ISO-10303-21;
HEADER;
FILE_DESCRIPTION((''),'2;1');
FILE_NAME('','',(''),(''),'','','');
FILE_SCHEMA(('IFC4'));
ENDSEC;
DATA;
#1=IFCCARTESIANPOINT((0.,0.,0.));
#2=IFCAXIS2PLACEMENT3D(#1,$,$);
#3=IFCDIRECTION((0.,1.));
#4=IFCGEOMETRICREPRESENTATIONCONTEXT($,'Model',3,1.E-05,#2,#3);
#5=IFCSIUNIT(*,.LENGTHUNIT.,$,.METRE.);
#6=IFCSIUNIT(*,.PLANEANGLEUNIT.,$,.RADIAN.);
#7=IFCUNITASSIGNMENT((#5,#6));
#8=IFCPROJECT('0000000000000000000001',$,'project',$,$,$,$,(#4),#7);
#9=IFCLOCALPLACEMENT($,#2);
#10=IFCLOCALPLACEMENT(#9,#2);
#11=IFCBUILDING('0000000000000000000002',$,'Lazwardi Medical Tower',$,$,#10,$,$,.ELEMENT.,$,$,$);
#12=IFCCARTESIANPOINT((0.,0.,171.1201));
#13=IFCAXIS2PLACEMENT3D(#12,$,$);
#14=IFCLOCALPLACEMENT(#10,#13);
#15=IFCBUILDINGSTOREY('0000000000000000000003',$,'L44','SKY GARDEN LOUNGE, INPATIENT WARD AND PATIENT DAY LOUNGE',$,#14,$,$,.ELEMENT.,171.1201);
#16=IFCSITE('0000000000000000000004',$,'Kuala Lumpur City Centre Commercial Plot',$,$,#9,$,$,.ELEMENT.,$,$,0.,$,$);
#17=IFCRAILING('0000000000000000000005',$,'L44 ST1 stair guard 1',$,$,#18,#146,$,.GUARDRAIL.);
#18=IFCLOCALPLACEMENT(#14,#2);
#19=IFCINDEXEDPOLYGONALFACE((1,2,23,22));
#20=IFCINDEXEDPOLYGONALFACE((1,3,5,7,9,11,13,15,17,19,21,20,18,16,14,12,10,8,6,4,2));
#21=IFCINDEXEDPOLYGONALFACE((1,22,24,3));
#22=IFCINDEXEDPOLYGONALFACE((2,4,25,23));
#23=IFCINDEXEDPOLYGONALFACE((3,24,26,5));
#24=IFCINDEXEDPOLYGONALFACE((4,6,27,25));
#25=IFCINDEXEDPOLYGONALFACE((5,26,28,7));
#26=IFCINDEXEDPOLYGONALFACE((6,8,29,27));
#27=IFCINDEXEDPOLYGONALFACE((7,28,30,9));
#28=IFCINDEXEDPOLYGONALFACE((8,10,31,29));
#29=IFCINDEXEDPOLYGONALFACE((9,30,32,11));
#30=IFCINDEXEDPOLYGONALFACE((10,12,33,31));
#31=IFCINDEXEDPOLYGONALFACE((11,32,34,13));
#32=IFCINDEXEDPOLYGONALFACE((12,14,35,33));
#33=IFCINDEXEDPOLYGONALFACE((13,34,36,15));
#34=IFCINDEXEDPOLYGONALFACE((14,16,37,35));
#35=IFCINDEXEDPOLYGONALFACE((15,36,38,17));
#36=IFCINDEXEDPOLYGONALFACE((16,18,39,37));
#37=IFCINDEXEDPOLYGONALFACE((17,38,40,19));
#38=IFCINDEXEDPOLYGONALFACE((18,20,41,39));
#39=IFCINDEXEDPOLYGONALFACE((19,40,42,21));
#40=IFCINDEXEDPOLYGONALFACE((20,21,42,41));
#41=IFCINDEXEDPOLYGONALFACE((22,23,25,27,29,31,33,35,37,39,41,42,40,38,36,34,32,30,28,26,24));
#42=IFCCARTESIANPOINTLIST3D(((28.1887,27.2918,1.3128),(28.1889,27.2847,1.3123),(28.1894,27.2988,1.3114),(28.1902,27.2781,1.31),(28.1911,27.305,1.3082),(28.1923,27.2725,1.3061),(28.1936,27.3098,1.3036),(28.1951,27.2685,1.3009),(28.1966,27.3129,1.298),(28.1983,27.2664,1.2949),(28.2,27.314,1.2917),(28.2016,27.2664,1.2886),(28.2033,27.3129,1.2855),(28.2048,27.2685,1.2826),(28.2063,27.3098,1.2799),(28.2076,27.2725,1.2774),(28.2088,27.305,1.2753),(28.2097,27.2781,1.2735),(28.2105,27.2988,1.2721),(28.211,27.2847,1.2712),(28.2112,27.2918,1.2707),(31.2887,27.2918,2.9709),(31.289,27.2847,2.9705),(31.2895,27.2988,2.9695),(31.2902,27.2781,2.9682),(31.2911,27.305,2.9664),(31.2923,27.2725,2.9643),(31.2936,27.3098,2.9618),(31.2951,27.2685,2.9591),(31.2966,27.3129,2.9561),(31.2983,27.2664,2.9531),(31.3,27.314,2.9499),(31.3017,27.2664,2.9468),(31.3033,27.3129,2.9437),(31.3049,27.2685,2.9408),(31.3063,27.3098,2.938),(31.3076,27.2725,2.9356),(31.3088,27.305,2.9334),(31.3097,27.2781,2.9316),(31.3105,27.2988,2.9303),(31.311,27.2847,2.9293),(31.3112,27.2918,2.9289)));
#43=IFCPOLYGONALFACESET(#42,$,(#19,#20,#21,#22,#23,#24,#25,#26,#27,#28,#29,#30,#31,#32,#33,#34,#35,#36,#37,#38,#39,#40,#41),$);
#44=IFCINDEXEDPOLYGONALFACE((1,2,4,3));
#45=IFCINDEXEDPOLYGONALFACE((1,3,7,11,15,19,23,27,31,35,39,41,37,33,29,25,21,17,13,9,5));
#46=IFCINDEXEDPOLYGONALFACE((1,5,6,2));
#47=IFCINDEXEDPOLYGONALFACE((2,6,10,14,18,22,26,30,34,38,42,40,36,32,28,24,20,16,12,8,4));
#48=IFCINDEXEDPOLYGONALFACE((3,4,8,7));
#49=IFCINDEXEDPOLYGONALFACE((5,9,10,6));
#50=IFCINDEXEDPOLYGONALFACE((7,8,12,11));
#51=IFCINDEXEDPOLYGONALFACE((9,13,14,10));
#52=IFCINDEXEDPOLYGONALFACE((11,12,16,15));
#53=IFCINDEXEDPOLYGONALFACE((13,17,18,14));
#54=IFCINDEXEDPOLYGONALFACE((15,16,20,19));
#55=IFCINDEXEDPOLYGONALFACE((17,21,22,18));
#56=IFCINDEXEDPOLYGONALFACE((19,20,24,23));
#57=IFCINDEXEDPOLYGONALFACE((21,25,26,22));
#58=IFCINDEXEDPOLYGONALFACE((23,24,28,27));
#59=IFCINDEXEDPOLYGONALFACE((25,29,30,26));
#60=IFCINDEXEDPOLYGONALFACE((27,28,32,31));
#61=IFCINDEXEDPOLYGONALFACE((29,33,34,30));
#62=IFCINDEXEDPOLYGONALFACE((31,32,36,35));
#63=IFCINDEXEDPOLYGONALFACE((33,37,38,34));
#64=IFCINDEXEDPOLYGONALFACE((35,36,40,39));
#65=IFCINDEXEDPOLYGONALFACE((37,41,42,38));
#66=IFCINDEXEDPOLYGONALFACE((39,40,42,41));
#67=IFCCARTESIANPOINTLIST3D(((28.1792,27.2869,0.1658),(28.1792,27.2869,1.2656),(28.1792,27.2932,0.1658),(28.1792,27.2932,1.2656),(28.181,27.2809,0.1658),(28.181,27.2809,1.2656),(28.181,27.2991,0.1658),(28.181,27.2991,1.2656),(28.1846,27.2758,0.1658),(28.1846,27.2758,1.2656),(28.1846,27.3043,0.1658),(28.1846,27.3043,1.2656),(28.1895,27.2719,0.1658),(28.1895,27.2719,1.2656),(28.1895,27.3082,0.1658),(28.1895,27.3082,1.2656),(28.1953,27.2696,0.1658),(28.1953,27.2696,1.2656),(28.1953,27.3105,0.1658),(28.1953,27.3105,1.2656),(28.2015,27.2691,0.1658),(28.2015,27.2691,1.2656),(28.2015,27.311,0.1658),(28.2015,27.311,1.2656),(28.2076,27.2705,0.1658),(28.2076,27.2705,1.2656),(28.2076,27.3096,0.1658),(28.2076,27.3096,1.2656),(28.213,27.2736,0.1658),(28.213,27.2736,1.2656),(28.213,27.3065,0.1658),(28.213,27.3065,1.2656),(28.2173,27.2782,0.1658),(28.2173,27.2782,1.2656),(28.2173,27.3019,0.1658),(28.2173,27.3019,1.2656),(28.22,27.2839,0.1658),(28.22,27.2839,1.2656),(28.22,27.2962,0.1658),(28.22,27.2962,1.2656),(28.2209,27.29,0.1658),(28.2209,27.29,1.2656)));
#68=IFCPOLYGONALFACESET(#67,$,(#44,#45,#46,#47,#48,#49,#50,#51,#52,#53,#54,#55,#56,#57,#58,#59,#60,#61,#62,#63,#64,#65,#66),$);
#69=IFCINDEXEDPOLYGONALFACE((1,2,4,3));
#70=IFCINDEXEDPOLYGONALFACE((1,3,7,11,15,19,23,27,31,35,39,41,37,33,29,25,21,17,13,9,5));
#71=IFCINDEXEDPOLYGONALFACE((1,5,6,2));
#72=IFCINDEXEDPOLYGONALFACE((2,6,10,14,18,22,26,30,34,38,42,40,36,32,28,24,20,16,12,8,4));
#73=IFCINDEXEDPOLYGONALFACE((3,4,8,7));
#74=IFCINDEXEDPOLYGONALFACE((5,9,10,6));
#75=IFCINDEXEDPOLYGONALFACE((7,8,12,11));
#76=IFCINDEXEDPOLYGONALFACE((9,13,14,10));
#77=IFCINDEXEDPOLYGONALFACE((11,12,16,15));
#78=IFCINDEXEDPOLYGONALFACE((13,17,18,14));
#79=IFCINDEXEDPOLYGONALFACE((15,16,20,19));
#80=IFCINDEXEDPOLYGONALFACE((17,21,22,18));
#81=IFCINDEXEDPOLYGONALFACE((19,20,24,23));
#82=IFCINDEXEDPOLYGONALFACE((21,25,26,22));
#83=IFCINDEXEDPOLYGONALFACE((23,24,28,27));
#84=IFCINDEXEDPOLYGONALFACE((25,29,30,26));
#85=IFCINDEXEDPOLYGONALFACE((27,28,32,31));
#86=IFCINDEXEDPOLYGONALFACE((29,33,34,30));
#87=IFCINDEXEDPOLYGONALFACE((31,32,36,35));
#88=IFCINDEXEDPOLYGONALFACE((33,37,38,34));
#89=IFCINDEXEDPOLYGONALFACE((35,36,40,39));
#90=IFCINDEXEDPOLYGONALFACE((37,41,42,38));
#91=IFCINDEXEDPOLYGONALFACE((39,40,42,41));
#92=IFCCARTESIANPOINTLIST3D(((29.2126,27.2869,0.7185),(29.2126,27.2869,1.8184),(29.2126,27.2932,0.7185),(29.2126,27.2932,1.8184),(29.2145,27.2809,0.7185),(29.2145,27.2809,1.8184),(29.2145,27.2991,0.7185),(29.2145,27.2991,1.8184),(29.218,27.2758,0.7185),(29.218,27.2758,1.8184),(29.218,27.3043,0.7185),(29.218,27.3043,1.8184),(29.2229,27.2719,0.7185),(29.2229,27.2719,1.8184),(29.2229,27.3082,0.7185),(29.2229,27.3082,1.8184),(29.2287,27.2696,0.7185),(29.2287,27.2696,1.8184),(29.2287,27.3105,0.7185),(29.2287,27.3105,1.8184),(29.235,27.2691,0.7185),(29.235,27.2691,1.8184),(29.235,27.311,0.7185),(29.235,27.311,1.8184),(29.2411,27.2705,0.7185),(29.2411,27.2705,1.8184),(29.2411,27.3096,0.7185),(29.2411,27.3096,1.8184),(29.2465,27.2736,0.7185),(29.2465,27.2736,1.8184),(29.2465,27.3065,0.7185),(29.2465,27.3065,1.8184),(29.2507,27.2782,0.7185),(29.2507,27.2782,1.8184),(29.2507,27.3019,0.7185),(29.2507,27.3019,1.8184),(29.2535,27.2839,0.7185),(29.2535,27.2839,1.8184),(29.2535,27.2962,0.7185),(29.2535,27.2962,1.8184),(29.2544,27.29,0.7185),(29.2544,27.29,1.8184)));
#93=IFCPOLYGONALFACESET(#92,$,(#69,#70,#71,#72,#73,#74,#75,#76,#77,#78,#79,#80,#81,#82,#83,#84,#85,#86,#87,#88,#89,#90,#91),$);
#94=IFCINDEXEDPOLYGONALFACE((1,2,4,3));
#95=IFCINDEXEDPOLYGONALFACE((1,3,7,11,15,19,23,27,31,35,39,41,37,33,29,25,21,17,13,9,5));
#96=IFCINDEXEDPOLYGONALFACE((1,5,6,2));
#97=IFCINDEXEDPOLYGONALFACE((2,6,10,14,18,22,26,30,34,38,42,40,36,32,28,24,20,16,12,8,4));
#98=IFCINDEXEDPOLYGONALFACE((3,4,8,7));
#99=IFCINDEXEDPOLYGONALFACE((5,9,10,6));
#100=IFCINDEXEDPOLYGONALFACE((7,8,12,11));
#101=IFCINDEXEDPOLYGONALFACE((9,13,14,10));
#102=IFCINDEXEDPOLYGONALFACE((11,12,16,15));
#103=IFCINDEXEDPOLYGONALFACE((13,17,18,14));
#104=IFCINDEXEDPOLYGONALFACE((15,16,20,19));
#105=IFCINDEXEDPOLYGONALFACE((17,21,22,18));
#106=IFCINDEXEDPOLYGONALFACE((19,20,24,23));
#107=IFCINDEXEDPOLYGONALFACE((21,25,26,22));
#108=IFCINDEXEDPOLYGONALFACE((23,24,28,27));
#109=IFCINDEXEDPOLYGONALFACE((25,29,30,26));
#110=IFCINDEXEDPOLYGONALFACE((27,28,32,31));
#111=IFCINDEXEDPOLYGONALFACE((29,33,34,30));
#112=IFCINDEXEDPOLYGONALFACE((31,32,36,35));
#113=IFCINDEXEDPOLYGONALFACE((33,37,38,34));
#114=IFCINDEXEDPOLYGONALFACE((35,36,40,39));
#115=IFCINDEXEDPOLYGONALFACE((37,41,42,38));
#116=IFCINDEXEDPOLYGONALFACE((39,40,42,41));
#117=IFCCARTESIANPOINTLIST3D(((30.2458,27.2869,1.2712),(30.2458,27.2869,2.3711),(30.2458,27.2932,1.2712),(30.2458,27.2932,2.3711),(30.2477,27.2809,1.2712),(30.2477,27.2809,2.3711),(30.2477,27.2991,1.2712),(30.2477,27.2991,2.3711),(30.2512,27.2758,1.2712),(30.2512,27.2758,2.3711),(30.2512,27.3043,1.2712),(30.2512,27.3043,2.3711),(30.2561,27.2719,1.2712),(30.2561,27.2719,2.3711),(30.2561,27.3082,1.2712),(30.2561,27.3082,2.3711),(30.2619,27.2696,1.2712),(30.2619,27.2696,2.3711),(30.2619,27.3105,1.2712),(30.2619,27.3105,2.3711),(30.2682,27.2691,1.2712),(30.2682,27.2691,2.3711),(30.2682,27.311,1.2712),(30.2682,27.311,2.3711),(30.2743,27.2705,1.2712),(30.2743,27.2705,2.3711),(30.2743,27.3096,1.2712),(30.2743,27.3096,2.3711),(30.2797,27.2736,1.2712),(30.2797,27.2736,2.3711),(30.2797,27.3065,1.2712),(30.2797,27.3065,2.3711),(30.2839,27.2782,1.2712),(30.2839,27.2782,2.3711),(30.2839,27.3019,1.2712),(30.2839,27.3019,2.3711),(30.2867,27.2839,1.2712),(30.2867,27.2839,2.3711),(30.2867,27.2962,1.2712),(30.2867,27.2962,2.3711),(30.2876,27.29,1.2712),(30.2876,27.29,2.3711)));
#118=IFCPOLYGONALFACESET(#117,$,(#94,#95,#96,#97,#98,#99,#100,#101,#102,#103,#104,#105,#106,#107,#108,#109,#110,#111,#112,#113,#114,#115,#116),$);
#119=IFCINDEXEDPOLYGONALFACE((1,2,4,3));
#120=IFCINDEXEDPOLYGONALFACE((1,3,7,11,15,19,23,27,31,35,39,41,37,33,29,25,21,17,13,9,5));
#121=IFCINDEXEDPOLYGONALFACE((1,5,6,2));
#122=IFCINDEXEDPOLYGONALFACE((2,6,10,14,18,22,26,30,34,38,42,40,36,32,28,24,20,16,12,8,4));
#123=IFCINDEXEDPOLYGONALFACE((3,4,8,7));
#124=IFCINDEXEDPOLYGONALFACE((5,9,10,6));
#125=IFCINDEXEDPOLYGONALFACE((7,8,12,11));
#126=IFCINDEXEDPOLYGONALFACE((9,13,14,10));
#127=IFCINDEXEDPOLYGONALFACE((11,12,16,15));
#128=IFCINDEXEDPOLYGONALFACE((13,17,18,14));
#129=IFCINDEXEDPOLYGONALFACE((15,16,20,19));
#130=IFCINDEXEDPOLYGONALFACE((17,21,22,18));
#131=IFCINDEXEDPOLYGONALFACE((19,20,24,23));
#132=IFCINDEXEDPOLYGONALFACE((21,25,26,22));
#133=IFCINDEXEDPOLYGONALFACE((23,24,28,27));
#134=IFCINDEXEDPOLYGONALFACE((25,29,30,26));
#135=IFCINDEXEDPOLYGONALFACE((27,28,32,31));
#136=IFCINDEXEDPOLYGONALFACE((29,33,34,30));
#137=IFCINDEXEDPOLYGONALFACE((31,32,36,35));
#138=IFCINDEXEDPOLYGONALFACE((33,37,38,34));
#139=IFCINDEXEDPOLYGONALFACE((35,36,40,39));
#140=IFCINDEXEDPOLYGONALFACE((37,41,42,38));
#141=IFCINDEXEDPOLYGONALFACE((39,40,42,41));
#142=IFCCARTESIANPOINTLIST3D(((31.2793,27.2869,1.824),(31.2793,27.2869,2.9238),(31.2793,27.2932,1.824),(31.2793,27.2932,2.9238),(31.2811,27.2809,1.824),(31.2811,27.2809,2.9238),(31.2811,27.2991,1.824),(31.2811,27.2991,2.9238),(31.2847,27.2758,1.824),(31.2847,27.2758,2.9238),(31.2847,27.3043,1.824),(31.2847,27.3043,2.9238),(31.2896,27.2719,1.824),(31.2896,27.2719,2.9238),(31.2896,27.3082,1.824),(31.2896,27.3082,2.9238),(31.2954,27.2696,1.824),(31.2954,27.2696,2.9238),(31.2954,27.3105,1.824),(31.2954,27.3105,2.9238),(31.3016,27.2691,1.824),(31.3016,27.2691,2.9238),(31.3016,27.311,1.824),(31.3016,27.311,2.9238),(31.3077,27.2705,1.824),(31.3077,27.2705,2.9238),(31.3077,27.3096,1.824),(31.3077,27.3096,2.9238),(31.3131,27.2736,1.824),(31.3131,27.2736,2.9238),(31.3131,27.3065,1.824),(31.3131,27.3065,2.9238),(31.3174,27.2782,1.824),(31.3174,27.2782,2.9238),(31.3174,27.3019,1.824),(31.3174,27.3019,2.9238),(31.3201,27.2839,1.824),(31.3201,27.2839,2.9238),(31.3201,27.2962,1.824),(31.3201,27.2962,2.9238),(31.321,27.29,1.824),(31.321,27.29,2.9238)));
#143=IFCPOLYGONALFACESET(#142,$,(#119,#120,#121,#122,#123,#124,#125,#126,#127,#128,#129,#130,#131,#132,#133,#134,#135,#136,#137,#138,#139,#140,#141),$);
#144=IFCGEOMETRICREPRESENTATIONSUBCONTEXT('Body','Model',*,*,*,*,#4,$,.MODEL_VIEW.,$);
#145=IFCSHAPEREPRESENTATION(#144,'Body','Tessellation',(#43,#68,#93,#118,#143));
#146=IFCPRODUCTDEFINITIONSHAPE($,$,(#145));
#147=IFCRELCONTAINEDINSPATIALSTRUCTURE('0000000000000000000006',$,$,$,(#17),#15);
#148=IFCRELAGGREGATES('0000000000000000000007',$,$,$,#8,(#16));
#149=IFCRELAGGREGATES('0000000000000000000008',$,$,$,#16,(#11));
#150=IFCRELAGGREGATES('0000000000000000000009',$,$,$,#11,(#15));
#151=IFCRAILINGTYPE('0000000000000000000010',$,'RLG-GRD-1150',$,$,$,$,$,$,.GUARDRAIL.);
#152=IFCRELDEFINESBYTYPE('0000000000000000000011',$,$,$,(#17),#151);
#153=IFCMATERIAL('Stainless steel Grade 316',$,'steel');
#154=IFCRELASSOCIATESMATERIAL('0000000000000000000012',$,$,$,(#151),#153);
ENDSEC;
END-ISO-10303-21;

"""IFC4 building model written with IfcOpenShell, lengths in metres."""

from ifc_helpers import new_model, si_unit, direction, frame, origin, origin_2d, place, context, subcontext, project, spatial, circle, extrude, material, type_object, element, save


model = new_model("IFC4")

# Units and contexts
model_context = context("Model", 3, precision=1e-05, world=origin(), true_north=direction((0.0, 1.0)))
body_context = subcontext(model_context, "Body", "Model", "MODEL_VIEW")
ifc_project = project(units=[si_unit("LENGTHUNIT", "METRE"), si_unit("PLANEANGLEUNIT", "RADIAN")], contexts=[model_context])

# Site, building, storey
site_placement = place(None, origin())
site = spatial("IfcSite", under=ifc_project, at=site_placement, Name="Kuala Lumpur City Centre Commercial Plot", CompositionType="ELEMENT", RefElevation=0.0)
building_placement = place(site_placement, origin())
building = spatial("IfcBuilding", under=site, at=building_placement, Name="Lazwardi Medical Tower", CompositionType="ELEMENT")
storey_placement = place(building_placement, frame((0.0, 0.0, 171.1201)))
storey = spatial("IfcBuildingStorey", under=building, at=storey_placement, Name="L44", Description="SKY GARDEN LOUNGE, INPATIENT WARD AND PATIENT DAY LOUNGE", CompositionType="ELEMENT", Elevation=171.1201)

# Railing
ifc_material_1 = material(Name="Stainless steel Grade 316", Category="steel")
railing_type_1 = type_object("IfcRailingType", Name="RLG-GRD-1150", PredefinedType="GUARDRAIL", material=ifc_material_1)
railing_1_placement = place(storey_placement, frame((28.2, 27.29, 0.1658)))
element("IfcRailing", 1, at=railing_1_placement, inside=storey, type_object=railing_type_1, Name="L44 ST1 stair guard 1", PredefinedType="GUARDRAIL", context=body_context, shape_type="SweptSolid", body=[
    extrude(circle(Radius=0.0239, at=origin_2d()), frame((0.0, 0.0, 1.126), z_axis=(0.881783, 0.0, 0.471655), x_axis=(0.0, 1.0, 0.0)), (0.0, 0.0, 1.0), 3.5156),
    extrude(circle(Radius=0.021, at=origin_2d()), origin(), (0.0, 0.0, 1.0), 1.0999),
    extrude(circle(Radius=0.021, at=origin_2d()), frame((1.0334, 0.0, 0.5527)), (0.0, 0.0, 1.0), 1.0999),
    extrude(circle(Radius=0.021, at=origin_2d()), frame((2.0667, 0.0, 1.1055)), (0.0, 0.0, 1.0), 1.0999),
    extrude(circle(Radius=0.021, at=origin_2d()), frame((3.1001, 0.0, 1.6582)), (0.0, 0.0, 1.0), 1.0999),
])

save(model, "model.ifc")
